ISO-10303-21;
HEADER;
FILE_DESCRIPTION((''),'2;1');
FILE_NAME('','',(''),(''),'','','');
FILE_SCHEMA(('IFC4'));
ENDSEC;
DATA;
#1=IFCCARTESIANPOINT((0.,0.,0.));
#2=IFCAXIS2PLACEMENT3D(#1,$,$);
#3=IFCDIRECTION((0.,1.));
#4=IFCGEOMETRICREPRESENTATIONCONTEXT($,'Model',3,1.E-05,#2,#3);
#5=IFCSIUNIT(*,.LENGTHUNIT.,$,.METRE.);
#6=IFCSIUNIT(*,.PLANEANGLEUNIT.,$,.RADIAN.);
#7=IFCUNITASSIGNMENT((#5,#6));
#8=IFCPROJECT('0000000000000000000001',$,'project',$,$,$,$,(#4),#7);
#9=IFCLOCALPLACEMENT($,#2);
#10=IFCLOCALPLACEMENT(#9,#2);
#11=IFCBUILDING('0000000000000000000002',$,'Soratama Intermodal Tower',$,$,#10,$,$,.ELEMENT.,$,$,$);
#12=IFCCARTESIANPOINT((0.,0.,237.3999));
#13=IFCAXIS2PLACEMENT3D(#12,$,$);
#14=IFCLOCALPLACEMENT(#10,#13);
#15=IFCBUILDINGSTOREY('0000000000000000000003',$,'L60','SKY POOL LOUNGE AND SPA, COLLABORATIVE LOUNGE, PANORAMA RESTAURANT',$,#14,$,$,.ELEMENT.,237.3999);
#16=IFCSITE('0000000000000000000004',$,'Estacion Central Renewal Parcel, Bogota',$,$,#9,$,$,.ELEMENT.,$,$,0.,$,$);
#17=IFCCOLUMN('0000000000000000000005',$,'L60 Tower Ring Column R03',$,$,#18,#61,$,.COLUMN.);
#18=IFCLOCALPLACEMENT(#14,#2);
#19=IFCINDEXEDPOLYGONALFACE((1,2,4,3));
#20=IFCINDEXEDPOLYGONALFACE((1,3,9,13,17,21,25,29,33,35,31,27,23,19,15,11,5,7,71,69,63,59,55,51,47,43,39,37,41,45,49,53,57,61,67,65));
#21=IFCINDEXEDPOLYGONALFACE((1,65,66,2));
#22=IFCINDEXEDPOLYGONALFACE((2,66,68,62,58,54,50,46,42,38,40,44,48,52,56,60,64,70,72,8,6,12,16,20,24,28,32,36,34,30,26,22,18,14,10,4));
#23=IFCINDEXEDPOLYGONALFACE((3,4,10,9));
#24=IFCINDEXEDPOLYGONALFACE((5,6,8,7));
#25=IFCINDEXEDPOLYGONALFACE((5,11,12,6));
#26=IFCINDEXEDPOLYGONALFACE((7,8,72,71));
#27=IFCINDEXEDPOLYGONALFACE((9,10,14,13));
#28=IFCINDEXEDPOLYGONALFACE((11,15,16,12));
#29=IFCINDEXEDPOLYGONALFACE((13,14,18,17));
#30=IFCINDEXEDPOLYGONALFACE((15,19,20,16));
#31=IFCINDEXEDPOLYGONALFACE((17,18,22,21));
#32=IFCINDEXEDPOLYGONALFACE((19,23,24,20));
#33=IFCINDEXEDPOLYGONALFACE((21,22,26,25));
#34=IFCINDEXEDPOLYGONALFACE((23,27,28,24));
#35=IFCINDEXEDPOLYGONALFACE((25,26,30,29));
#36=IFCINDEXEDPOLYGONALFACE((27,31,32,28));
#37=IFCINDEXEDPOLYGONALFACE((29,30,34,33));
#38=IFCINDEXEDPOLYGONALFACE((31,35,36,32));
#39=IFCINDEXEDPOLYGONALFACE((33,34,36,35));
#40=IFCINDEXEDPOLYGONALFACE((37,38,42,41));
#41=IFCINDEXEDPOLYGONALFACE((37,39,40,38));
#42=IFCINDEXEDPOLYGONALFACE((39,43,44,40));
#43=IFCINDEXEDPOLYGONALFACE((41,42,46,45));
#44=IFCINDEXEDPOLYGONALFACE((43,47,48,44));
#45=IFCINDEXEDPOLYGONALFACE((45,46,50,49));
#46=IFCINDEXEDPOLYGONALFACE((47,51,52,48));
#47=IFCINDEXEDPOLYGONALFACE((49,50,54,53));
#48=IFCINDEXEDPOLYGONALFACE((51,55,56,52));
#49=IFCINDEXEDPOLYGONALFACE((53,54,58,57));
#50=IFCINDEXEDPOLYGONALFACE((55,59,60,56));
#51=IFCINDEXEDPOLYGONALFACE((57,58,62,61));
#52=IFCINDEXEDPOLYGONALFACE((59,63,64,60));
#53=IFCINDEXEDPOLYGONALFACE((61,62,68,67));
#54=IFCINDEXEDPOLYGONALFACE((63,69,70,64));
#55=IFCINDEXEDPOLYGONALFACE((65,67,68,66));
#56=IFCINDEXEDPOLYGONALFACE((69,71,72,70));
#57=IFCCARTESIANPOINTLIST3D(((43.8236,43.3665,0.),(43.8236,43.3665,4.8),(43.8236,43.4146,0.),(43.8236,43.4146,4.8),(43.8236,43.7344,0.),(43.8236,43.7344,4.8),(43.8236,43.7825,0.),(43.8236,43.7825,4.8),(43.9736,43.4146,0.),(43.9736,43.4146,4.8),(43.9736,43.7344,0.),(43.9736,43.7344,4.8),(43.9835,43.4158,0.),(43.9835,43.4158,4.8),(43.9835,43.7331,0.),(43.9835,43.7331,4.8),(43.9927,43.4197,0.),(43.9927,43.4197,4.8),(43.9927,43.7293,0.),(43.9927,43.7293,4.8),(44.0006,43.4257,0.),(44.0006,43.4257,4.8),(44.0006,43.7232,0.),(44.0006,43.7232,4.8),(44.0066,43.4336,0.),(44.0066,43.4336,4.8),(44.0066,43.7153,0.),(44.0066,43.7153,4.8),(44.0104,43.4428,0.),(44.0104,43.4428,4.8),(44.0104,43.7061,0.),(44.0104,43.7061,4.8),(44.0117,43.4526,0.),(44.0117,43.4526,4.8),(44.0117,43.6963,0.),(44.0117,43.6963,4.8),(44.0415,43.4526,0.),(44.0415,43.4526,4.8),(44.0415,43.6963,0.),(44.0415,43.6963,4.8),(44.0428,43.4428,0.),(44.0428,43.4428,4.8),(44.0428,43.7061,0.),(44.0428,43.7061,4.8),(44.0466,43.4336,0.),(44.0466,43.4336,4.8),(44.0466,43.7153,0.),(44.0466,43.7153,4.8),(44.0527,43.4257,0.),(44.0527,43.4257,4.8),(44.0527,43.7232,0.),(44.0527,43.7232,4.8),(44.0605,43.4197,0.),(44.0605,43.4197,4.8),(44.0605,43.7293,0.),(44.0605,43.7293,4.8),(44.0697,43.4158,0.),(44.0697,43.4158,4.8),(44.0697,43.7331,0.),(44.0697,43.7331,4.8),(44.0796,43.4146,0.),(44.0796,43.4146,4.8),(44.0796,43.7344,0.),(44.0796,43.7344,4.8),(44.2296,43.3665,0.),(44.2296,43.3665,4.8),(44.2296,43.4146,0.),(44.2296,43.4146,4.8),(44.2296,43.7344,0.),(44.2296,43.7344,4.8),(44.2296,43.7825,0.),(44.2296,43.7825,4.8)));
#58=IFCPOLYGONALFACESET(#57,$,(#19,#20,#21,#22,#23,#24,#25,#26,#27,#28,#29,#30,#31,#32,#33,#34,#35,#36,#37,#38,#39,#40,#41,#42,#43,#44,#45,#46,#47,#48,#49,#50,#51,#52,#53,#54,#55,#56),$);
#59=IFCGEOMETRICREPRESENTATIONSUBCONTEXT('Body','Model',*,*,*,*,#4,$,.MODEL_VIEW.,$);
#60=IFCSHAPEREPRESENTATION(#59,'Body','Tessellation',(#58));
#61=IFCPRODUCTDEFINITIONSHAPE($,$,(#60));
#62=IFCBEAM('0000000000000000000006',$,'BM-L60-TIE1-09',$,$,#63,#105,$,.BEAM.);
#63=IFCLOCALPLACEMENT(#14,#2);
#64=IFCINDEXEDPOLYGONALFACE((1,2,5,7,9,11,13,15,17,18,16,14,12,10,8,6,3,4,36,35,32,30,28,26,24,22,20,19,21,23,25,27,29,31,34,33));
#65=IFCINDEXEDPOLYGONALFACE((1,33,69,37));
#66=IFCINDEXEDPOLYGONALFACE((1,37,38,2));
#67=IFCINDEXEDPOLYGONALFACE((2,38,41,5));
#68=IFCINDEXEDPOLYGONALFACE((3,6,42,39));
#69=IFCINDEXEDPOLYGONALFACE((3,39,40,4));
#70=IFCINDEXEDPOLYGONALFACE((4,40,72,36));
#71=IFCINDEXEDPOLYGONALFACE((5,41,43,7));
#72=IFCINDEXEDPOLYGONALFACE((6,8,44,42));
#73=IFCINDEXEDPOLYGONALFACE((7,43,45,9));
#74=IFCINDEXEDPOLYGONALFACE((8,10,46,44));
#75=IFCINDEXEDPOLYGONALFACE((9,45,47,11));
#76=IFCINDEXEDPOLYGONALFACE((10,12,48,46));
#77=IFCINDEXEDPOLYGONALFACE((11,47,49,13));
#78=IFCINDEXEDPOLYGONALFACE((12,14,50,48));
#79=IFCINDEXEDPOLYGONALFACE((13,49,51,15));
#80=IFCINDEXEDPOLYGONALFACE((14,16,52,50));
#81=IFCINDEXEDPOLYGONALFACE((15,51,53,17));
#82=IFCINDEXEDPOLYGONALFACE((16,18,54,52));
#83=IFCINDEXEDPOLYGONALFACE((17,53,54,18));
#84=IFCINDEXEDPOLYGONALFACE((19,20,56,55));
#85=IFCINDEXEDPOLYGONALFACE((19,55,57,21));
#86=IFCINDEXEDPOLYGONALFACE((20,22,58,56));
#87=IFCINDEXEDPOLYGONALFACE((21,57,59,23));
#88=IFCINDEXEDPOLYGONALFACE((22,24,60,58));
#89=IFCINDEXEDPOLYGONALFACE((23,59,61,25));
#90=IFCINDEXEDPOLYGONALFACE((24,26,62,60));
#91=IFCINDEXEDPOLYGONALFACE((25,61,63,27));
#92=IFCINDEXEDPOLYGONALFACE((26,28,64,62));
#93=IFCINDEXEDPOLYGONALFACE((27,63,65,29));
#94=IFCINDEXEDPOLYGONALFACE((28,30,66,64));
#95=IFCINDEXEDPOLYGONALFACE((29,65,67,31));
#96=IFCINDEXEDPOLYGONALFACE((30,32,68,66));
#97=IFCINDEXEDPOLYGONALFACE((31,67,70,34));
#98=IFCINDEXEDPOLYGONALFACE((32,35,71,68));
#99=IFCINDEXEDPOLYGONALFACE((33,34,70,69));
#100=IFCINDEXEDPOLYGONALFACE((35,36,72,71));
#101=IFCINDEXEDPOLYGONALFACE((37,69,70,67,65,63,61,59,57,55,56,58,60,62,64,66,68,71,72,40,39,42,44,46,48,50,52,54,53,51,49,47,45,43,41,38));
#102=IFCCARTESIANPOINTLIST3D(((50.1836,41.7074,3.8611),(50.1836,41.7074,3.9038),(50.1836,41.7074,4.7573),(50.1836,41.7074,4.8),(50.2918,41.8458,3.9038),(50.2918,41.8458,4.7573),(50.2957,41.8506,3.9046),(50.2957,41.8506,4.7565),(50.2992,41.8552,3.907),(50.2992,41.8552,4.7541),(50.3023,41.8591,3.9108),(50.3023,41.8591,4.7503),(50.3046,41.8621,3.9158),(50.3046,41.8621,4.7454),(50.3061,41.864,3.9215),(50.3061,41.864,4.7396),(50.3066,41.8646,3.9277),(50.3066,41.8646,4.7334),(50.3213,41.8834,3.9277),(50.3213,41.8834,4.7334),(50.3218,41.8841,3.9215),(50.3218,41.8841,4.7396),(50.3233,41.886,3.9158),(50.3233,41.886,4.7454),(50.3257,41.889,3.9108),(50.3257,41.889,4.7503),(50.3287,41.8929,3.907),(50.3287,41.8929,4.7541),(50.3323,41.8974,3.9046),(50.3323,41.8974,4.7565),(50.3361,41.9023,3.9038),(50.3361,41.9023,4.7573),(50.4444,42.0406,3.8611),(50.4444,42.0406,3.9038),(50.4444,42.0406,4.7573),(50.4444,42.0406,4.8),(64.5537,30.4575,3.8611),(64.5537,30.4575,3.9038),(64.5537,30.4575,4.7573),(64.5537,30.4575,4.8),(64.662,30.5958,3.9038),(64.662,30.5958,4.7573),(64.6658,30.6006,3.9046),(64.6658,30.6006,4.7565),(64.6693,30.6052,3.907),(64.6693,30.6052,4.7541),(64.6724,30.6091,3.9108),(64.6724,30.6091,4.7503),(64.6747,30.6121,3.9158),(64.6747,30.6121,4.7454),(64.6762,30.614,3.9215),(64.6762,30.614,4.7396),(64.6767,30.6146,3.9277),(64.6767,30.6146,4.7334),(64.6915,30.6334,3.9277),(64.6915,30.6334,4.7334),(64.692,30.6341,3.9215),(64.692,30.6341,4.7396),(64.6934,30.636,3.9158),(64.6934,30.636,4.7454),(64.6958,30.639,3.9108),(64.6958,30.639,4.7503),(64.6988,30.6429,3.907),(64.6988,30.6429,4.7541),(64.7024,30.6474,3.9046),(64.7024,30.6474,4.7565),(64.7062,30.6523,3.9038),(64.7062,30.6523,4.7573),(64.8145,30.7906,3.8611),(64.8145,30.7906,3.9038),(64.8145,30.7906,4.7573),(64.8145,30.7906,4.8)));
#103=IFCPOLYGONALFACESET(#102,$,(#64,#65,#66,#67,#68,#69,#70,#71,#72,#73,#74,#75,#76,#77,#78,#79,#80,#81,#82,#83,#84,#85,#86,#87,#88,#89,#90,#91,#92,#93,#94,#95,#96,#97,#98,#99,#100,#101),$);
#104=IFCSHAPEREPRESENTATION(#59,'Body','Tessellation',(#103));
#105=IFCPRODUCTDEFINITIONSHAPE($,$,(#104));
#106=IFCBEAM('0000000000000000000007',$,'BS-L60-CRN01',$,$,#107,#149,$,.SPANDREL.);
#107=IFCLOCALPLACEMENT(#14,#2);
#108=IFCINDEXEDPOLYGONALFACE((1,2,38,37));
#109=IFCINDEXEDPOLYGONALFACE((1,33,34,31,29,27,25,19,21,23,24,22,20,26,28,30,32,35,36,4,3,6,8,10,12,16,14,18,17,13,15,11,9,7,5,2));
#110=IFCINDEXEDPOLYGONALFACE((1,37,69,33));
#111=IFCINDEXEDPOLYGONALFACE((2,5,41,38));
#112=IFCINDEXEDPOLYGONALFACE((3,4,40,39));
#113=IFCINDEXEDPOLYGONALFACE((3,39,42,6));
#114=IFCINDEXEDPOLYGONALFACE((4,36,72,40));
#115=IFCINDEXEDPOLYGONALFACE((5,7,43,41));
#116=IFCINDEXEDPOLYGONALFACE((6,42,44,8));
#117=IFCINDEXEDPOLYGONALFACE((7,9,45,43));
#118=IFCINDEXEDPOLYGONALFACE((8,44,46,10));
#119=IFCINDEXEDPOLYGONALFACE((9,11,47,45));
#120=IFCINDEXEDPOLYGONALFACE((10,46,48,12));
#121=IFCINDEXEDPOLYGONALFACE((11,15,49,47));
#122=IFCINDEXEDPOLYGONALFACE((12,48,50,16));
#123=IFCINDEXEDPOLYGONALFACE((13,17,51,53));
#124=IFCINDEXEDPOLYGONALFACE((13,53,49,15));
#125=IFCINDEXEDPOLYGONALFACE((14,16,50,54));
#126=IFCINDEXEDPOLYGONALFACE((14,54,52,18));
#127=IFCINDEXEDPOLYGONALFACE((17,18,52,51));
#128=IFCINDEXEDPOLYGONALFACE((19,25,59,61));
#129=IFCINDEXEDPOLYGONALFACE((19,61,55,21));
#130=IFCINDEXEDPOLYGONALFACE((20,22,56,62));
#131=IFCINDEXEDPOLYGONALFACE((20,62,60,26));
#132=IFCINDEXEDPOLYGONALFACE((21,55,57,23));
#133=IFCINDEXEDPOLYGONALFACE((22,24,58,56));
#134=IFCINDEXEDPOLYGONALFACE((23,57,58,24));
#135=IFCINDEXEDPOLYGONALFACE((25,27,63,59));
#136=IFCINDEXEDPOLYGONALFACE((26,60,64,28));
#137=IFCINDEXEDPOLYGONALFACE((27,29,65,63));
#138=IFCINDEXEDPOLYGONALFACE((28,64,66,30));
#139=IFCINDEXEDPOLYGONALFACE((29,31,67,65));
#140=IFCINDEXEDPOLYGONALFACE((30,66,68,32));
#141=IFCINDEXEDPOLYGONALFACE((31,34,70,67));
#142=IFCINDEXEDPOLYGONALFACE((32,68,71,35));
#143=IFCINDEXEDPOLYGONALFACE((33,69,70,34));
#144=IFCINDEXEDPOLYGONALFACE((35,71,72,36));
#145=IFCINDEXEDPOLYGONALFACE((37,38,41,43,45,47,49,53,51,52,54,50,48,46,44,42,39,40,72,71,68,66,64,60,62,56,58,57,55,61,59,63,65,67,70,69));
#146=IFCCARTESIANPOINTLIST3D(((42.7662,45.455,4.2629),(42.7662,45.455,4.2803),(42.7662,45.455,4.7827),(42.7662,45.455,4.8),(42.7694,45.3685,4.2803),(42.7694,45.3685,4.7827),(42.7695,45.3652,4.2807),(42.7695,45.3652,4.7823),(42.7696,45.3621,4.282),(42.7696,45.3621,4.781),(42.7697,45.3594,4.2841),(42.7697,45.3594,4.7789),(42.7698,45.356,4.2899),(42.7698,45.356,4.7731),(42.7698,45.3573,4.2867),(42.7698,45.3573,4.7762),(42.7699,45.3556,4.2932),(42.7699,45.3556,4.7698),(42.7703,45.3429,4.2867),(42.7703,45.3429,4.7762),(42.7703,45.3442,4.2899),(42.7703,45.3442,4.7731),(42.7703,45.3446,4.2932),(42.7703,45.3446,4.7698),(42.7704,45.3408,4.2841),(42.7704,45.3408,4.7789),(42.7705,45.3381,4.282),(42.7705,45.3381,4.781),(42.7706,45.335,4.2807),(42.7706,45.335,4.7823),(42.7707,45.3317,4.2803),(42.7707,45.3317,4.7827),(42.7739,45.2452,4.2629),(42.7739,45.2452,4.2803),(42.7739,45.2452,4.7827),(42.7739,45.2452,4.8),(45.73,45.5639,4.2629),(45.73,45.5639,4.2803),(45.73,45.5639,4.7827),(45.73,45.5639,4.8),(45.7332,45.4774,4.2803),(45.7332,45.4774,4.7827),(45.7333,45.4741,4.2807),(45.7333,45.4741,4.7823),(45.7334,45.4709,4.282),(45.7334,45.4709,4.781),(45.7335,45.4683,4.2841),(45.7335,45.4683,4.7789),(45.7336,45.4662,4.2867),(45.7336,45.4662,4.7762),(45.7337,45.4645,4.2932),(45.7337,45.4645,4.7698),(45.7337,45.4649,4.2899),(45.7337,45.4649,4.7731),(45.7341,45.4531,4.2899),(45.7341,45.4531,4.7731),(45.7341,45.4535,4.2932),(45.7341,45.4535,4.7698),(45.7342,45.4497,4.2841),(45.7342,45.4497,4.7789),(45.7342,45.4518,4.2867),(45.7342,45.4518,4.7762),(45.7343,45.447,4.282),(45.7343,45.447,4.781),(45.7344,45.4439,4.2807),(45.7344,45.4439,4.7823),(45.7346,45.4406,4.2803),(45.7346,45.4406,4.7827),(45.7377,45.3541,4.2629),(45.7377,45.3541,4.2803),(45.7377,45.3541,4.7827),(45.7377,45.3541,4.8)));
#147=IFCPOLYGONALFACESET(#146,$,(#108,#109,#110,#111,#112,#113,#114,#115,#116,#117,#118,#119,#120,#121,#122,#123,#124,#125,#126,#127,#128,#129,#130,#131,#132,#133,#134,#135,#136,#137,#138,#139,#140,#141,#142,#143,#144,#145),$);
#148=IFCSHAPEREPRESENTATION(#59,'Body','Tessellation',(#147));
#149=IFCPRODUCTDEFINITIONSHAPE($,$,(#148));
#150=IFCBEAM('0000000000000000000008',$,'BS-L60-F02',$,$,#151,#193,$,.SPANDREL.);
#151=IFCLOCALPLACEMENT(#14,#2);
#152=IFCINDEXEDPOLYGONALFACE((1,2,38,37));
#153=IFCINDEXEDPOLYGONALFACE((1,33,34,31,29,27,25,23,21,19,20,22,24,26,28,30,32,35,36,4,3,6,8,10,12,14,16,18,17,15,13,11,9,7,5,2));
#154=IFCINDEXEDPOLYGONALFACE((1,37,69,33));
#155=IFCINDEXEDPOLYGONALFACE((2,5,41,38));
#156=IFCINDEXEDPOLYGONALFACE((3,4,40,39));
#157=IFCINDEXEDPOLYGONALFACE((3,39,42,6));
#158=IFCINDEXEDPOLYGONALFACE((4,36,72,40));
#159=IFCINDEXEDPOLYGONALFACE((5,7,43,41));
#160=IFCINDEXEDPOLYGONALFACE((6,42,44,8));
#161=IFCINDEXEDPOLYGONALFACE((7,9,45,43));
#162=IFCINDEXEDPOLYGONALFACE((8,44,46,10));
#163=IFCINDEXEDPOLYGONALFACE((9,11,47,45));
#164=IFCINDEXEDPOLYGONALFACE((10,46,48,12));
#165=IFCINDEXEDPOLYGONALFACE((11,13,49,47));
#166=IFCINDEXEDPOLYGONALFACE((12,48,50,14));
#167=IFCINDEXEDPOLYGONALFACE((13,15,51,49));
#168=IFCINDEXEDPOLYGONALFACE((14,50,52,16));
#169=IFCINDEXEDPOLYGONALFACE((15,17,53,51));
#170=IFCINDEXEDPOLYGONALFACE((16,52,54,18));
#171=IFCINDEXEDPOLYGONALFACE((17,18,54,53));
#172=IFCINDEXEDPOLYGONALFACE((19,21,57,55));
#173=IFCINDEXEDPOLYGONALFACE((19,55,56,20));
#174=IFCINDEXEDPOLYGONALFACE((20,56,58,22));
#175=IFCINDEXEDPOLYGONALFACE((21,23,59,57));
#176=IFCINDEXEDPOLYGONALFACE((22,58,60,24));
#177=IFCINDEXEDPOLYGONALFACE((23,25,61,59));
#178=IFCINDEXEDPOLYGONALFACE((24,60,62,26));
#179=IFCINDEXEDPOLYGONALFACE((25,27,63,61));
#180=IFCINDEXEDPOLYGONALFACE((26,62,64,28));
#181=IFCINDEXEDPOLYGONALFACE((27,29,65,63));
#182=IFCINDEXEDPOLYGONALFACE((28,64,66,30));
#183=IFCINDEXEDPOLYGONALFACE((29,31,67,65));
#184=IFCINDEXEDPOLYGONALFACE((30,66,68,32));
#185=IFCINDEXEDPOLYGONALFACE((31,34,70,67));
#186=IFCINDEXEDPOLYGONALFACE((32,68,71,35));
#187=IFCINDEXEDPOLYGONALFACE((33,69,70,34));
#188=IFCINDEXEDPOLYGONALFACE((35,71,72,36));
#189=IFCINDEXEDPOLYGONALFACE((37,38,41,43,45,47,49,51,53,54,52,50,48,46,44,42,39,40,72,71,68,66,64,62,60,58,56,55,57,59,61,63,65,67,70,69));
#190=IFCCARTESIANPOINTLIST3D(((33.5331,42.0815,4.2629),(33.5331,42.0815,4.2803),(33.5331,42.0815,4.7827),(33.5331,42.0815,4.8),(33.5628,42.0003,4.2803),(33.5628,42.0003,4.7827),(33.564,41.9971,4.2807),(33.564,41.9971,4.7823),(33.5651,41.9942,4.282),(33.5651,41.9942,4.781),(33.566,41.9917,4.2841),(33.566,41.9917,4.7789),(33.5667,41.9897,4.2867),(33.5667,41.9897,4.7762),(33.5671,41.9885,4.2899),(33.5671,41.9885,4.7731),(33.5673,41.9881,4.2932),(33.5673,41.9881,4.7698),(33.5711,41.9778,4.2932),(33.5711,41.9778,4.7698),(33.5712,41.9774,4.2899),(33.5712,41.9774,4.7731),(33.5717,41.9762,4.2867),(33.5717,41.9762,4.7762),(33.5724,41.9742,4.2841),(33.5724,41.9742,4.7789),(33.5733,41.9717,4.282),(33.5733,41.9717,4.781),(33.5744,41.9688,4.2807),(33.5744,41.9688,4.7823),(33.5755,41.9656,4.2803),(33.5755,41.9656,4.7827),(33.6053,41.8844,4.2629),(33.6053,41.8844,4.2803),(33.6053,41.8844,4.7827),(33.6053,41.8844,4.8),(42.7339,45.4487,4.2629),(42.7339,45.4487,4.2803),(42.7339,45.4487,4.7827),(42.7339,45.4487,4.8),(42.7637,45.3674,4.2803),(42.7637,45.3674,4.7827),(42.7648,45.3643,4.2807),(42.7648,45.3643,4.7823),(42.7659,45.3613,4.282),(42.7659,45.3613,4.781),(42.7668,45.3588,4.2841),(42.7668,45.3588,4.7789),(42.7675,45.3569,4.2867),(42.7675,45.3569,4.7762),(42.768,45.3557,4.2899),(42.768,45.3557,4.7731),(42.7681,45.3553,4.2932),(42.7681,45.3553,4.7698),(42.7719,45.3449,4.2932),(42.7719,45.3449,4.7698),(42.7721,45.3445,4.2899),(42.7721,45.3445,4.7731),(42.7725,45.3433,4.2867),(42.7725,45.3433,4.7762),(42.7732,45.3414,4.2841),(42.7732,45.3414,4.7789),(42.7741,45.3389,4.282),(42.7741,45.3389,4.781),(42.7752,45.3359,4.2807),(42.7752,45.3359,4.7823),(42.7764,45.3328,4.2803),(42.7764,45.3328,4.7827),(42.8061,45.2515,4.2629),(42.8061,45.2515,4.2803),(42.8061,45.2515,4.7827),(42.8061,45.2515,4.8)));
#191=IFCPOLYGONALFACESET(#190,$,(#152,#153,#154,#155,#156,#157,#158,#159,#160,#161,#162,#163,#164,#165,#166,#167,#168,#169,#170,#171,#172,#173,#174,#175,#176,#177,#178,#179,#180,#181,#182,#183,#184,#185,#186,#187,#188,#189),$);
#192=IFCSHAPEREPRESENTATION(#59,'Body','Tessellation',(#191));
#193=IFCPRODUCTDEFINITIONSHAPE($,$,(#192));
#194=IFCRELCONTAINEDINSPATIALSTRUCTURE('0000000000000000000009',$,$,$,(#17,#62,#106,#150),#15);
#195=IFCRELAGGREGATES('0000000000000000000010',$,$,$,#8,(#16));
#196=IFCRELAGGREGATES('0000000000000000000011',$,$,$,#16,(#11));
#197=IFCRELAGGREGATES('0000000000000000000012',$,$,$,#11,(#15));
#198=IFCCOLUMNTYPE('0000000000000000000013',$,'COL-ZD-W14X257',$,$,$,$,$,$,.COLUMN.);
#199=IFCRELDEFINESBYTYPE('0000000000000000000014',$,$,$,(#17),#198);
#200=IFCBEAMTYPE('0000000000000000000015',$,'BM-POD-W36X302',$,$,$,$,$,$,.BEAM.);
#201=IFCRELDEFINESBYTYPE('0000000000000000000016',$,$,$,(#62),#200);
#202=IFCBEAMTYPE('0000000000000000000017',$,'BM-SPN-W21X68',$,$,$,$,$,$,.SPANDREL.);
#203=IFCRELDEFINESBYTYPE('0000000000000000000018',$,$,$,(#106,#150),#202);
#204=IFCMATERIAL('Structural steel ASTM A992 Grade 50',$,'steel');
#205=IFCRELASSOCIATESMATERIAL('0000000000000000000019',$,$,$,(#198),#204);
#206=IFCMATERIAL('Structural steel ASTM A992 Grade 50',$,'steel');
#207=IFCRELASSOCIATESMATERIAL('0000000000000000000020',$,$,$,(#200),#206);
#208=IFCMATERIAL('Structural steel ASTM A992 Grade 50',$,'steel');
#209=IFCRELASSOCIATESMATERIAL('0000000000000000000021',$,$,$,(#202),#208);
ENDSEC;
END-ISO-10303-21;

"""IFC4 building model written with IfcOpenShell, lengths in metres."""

from ifc_helpers import new_model, si_unit, direction, frame, origin, origin_2d, place, context, subcontext, project, spatial, i_section, extrude, material, material_profile, profile_set, type_object, element, save


model = new_model("IFC4")

# Units and contexts
model_context = context("Model", 3, precision=1e-05, world=origin(), true_north=direction((0.0, 1.0)))
body_context = subcontext(model_context, "Body", "Model", "MODEL_VIEW")
ifc_project = project(units=[si_unit("LENGTHUNIT", "METRE"), si_unit("PLANEANGLEUNIT", "RADIAN")], contexts=[model_context])

# Site, building, storey
site_placement = place(None, origin())
site = spatial("IfcSite", under=ifc_project, at=site_placement, Name="Estacion Central Renewal Parcel, Bogota", CompositionType="ELEMENT", RefElevation=0.0)
building_placement = place(site_placement, origin())
building = spatial("IfcBuilding", under=site, at=building_placement, Name="Soratama Intermodal Tower", CompositionType="ELEMENT")
storey_placement = place(building_placement, frame((0.0, 0.0, 237.3999)))
storey = spatial("IfcBuildingStorey", under=building, at=storey_placement, Name="L60", Description="SKY POOL LOUNGE AND SPA, COLLABORATIVE LOUNGE, PANORAMA RESTAURANT", CompositionType="ELEMENT", Elevation=237.3999)

# Column
ifc_material_1 = material(Name="Structural steel ASTM A992 Grade 50", Category="steel")
ifc_material_profile_1 = material_profile(ifc_material_1, i_section(OverallWidth=0.406, OverallDepth=0.416, WebThickness=0.0298, FlangeThickness=0.0481, FilletRadius=0.0381, at=origin_2d()), Name="W14X257")
ifc_profile_set_1 = profile_set([ifc_material_profile_1], Name="Structural steel ASTM A992 Grade 50")
column_type = type_object("IfcColumnType", Name="COL-ZD-W14X257", PredefinedType="COLUMN", material=ifc_profile_set_1)
column_placement = place(storey_placement, frame((44.0266, 43.5745, 0.0), z_axis=(0.0, 0.0, 1.0), x_axis=(1.0, 0.0, 0.0)))
element("IfcColumn", 1, at=column_placement, inside=storey, type_object=column_type, Name="L60 Tower Ring Column R03", PredefinedType="COLUMN", context=body_context, shape_type="SweptSolid", body=[
    extrude(i_section(OverallWidth=0.406, OverallDepth=0.416, WebThickness=0.0298, FlangeThickness=0.0481, FilletRadius=0.0381, at=origin_2d()), origin(), (0.0, 0.0, 1.0), 4.8),
])

# Beams
ifc_material_2 = material(Name="Structural steel ASTM A992 Grade 50", Category="steel")
ifc_material_profile_2 = material_profile(ifc_material_2, i_section(OverallWidth=0.4231, OverallDepth=0.939, WebThickness=0.0239, FlangeThickness=0.0427, FilletRadius=0.0239, at=origin_2d()), Name="W36X302")
ifc_profile_set_2 = profile_set([ifc_material_profile_2], Name="Structural steel ASTM A992 Grade 50")
beam_type_1 = type_object("IfcBeamType", Name="BM-POD-W36X302", PredefinedType="BEAM", material=ifc_profile_set_2)
beam_1_placement = place(storey_placement, frame((50.314, 41.874, 4.3306), z_axis=(0.787403, -0.616438, 0.0), x_axis=(0.616438, 0.787403, 0.0)))
element("IfcBeam", 2, at=beam_1_placement, inside=storey, type_object=beam_type_1, Name="BM-L60-TIE1-09", PredefinedType="BEAM", context=body_context, shape_type="SweptSolid", body=[
    extrude(i_section(OverallWidth=0.4231, OverallDepth=0.939, WebThickness=0.0239, FlangeThickness=0.0427, FilletRadius=0.0239, at=origin_2d()), origin(), (0.0, 0.0, 1.0), 18.25),
])
ifc_material_3 = material(Name="Structural steel ASTM A992 Grade 50", Category="steel")
ifc_material_profile_3 = material_profile(ifc_material_3, i_section(OverallWidth=0.21, OverallDepth=0.5371, WebThickness=0.011, FlangeThickness=0.0173, FilletRadius=0.0129, at=origin_2d()), Name="W21X68")
ifc_profile_set_3 = profile_set([ifc_material_profile_3], Name="Structural steel ASTM A992 Grade 50")
beam_type_2 = type_object("IfcBeamType", Name="BM-SPN-W21X68", PredefinedType="SPANDREL", material=ifc_profile_set_3)
beam_2_placement = place(storey_placement, frame((45.7339, 45.459, 4.5315), z_axis=(-0.999326, -0.036713, 0.0), x_axis=(0.036713, -0.999326, 0.0)))
element("IfcBeam", 3, at=beam_2_placement, inside=storey, type_object=beam_type_2, Name="BS-L60-CRN01", PredefinedType="SPANDREL", context=body_context, shape_type="SweptSolid", body=[
    extrude(i_section(OverallWidth=0.21, OverallDepth=0.5371, WebThickness=0.011, FlangeThickness=0.0173, FilletRadius=0.0129, at=origin_2d()), origin(), (0.0, 0.0, 1.0), 2.9658),
])
beam_3_placement = place(storey_placement, frame((42.77, 45.3501, 4.5315), z_axis=(-0.93909, -0.343671, 0.0), x_axis=(0.343671, -0.93909, 0.0)))
element("IfcBeam", 4, at=beam_3_placement, inside=storey, type_object=beam_type_2, Name="BS-L60-F02", PredefinedType="SPANDREL", context=body_context, shape_type="SweptSolid", body=[
    extrude(i_section(OverallWidth=0.21, OverallDepth=0.5371, WebThickness=0.011, FlangeThickness=0.0173, FilletRadius=0.0129, at=origin_2d()), origin(), (0.0, 0.0, 1.0), 9.7976),
])

save(model, "model.ifc")
